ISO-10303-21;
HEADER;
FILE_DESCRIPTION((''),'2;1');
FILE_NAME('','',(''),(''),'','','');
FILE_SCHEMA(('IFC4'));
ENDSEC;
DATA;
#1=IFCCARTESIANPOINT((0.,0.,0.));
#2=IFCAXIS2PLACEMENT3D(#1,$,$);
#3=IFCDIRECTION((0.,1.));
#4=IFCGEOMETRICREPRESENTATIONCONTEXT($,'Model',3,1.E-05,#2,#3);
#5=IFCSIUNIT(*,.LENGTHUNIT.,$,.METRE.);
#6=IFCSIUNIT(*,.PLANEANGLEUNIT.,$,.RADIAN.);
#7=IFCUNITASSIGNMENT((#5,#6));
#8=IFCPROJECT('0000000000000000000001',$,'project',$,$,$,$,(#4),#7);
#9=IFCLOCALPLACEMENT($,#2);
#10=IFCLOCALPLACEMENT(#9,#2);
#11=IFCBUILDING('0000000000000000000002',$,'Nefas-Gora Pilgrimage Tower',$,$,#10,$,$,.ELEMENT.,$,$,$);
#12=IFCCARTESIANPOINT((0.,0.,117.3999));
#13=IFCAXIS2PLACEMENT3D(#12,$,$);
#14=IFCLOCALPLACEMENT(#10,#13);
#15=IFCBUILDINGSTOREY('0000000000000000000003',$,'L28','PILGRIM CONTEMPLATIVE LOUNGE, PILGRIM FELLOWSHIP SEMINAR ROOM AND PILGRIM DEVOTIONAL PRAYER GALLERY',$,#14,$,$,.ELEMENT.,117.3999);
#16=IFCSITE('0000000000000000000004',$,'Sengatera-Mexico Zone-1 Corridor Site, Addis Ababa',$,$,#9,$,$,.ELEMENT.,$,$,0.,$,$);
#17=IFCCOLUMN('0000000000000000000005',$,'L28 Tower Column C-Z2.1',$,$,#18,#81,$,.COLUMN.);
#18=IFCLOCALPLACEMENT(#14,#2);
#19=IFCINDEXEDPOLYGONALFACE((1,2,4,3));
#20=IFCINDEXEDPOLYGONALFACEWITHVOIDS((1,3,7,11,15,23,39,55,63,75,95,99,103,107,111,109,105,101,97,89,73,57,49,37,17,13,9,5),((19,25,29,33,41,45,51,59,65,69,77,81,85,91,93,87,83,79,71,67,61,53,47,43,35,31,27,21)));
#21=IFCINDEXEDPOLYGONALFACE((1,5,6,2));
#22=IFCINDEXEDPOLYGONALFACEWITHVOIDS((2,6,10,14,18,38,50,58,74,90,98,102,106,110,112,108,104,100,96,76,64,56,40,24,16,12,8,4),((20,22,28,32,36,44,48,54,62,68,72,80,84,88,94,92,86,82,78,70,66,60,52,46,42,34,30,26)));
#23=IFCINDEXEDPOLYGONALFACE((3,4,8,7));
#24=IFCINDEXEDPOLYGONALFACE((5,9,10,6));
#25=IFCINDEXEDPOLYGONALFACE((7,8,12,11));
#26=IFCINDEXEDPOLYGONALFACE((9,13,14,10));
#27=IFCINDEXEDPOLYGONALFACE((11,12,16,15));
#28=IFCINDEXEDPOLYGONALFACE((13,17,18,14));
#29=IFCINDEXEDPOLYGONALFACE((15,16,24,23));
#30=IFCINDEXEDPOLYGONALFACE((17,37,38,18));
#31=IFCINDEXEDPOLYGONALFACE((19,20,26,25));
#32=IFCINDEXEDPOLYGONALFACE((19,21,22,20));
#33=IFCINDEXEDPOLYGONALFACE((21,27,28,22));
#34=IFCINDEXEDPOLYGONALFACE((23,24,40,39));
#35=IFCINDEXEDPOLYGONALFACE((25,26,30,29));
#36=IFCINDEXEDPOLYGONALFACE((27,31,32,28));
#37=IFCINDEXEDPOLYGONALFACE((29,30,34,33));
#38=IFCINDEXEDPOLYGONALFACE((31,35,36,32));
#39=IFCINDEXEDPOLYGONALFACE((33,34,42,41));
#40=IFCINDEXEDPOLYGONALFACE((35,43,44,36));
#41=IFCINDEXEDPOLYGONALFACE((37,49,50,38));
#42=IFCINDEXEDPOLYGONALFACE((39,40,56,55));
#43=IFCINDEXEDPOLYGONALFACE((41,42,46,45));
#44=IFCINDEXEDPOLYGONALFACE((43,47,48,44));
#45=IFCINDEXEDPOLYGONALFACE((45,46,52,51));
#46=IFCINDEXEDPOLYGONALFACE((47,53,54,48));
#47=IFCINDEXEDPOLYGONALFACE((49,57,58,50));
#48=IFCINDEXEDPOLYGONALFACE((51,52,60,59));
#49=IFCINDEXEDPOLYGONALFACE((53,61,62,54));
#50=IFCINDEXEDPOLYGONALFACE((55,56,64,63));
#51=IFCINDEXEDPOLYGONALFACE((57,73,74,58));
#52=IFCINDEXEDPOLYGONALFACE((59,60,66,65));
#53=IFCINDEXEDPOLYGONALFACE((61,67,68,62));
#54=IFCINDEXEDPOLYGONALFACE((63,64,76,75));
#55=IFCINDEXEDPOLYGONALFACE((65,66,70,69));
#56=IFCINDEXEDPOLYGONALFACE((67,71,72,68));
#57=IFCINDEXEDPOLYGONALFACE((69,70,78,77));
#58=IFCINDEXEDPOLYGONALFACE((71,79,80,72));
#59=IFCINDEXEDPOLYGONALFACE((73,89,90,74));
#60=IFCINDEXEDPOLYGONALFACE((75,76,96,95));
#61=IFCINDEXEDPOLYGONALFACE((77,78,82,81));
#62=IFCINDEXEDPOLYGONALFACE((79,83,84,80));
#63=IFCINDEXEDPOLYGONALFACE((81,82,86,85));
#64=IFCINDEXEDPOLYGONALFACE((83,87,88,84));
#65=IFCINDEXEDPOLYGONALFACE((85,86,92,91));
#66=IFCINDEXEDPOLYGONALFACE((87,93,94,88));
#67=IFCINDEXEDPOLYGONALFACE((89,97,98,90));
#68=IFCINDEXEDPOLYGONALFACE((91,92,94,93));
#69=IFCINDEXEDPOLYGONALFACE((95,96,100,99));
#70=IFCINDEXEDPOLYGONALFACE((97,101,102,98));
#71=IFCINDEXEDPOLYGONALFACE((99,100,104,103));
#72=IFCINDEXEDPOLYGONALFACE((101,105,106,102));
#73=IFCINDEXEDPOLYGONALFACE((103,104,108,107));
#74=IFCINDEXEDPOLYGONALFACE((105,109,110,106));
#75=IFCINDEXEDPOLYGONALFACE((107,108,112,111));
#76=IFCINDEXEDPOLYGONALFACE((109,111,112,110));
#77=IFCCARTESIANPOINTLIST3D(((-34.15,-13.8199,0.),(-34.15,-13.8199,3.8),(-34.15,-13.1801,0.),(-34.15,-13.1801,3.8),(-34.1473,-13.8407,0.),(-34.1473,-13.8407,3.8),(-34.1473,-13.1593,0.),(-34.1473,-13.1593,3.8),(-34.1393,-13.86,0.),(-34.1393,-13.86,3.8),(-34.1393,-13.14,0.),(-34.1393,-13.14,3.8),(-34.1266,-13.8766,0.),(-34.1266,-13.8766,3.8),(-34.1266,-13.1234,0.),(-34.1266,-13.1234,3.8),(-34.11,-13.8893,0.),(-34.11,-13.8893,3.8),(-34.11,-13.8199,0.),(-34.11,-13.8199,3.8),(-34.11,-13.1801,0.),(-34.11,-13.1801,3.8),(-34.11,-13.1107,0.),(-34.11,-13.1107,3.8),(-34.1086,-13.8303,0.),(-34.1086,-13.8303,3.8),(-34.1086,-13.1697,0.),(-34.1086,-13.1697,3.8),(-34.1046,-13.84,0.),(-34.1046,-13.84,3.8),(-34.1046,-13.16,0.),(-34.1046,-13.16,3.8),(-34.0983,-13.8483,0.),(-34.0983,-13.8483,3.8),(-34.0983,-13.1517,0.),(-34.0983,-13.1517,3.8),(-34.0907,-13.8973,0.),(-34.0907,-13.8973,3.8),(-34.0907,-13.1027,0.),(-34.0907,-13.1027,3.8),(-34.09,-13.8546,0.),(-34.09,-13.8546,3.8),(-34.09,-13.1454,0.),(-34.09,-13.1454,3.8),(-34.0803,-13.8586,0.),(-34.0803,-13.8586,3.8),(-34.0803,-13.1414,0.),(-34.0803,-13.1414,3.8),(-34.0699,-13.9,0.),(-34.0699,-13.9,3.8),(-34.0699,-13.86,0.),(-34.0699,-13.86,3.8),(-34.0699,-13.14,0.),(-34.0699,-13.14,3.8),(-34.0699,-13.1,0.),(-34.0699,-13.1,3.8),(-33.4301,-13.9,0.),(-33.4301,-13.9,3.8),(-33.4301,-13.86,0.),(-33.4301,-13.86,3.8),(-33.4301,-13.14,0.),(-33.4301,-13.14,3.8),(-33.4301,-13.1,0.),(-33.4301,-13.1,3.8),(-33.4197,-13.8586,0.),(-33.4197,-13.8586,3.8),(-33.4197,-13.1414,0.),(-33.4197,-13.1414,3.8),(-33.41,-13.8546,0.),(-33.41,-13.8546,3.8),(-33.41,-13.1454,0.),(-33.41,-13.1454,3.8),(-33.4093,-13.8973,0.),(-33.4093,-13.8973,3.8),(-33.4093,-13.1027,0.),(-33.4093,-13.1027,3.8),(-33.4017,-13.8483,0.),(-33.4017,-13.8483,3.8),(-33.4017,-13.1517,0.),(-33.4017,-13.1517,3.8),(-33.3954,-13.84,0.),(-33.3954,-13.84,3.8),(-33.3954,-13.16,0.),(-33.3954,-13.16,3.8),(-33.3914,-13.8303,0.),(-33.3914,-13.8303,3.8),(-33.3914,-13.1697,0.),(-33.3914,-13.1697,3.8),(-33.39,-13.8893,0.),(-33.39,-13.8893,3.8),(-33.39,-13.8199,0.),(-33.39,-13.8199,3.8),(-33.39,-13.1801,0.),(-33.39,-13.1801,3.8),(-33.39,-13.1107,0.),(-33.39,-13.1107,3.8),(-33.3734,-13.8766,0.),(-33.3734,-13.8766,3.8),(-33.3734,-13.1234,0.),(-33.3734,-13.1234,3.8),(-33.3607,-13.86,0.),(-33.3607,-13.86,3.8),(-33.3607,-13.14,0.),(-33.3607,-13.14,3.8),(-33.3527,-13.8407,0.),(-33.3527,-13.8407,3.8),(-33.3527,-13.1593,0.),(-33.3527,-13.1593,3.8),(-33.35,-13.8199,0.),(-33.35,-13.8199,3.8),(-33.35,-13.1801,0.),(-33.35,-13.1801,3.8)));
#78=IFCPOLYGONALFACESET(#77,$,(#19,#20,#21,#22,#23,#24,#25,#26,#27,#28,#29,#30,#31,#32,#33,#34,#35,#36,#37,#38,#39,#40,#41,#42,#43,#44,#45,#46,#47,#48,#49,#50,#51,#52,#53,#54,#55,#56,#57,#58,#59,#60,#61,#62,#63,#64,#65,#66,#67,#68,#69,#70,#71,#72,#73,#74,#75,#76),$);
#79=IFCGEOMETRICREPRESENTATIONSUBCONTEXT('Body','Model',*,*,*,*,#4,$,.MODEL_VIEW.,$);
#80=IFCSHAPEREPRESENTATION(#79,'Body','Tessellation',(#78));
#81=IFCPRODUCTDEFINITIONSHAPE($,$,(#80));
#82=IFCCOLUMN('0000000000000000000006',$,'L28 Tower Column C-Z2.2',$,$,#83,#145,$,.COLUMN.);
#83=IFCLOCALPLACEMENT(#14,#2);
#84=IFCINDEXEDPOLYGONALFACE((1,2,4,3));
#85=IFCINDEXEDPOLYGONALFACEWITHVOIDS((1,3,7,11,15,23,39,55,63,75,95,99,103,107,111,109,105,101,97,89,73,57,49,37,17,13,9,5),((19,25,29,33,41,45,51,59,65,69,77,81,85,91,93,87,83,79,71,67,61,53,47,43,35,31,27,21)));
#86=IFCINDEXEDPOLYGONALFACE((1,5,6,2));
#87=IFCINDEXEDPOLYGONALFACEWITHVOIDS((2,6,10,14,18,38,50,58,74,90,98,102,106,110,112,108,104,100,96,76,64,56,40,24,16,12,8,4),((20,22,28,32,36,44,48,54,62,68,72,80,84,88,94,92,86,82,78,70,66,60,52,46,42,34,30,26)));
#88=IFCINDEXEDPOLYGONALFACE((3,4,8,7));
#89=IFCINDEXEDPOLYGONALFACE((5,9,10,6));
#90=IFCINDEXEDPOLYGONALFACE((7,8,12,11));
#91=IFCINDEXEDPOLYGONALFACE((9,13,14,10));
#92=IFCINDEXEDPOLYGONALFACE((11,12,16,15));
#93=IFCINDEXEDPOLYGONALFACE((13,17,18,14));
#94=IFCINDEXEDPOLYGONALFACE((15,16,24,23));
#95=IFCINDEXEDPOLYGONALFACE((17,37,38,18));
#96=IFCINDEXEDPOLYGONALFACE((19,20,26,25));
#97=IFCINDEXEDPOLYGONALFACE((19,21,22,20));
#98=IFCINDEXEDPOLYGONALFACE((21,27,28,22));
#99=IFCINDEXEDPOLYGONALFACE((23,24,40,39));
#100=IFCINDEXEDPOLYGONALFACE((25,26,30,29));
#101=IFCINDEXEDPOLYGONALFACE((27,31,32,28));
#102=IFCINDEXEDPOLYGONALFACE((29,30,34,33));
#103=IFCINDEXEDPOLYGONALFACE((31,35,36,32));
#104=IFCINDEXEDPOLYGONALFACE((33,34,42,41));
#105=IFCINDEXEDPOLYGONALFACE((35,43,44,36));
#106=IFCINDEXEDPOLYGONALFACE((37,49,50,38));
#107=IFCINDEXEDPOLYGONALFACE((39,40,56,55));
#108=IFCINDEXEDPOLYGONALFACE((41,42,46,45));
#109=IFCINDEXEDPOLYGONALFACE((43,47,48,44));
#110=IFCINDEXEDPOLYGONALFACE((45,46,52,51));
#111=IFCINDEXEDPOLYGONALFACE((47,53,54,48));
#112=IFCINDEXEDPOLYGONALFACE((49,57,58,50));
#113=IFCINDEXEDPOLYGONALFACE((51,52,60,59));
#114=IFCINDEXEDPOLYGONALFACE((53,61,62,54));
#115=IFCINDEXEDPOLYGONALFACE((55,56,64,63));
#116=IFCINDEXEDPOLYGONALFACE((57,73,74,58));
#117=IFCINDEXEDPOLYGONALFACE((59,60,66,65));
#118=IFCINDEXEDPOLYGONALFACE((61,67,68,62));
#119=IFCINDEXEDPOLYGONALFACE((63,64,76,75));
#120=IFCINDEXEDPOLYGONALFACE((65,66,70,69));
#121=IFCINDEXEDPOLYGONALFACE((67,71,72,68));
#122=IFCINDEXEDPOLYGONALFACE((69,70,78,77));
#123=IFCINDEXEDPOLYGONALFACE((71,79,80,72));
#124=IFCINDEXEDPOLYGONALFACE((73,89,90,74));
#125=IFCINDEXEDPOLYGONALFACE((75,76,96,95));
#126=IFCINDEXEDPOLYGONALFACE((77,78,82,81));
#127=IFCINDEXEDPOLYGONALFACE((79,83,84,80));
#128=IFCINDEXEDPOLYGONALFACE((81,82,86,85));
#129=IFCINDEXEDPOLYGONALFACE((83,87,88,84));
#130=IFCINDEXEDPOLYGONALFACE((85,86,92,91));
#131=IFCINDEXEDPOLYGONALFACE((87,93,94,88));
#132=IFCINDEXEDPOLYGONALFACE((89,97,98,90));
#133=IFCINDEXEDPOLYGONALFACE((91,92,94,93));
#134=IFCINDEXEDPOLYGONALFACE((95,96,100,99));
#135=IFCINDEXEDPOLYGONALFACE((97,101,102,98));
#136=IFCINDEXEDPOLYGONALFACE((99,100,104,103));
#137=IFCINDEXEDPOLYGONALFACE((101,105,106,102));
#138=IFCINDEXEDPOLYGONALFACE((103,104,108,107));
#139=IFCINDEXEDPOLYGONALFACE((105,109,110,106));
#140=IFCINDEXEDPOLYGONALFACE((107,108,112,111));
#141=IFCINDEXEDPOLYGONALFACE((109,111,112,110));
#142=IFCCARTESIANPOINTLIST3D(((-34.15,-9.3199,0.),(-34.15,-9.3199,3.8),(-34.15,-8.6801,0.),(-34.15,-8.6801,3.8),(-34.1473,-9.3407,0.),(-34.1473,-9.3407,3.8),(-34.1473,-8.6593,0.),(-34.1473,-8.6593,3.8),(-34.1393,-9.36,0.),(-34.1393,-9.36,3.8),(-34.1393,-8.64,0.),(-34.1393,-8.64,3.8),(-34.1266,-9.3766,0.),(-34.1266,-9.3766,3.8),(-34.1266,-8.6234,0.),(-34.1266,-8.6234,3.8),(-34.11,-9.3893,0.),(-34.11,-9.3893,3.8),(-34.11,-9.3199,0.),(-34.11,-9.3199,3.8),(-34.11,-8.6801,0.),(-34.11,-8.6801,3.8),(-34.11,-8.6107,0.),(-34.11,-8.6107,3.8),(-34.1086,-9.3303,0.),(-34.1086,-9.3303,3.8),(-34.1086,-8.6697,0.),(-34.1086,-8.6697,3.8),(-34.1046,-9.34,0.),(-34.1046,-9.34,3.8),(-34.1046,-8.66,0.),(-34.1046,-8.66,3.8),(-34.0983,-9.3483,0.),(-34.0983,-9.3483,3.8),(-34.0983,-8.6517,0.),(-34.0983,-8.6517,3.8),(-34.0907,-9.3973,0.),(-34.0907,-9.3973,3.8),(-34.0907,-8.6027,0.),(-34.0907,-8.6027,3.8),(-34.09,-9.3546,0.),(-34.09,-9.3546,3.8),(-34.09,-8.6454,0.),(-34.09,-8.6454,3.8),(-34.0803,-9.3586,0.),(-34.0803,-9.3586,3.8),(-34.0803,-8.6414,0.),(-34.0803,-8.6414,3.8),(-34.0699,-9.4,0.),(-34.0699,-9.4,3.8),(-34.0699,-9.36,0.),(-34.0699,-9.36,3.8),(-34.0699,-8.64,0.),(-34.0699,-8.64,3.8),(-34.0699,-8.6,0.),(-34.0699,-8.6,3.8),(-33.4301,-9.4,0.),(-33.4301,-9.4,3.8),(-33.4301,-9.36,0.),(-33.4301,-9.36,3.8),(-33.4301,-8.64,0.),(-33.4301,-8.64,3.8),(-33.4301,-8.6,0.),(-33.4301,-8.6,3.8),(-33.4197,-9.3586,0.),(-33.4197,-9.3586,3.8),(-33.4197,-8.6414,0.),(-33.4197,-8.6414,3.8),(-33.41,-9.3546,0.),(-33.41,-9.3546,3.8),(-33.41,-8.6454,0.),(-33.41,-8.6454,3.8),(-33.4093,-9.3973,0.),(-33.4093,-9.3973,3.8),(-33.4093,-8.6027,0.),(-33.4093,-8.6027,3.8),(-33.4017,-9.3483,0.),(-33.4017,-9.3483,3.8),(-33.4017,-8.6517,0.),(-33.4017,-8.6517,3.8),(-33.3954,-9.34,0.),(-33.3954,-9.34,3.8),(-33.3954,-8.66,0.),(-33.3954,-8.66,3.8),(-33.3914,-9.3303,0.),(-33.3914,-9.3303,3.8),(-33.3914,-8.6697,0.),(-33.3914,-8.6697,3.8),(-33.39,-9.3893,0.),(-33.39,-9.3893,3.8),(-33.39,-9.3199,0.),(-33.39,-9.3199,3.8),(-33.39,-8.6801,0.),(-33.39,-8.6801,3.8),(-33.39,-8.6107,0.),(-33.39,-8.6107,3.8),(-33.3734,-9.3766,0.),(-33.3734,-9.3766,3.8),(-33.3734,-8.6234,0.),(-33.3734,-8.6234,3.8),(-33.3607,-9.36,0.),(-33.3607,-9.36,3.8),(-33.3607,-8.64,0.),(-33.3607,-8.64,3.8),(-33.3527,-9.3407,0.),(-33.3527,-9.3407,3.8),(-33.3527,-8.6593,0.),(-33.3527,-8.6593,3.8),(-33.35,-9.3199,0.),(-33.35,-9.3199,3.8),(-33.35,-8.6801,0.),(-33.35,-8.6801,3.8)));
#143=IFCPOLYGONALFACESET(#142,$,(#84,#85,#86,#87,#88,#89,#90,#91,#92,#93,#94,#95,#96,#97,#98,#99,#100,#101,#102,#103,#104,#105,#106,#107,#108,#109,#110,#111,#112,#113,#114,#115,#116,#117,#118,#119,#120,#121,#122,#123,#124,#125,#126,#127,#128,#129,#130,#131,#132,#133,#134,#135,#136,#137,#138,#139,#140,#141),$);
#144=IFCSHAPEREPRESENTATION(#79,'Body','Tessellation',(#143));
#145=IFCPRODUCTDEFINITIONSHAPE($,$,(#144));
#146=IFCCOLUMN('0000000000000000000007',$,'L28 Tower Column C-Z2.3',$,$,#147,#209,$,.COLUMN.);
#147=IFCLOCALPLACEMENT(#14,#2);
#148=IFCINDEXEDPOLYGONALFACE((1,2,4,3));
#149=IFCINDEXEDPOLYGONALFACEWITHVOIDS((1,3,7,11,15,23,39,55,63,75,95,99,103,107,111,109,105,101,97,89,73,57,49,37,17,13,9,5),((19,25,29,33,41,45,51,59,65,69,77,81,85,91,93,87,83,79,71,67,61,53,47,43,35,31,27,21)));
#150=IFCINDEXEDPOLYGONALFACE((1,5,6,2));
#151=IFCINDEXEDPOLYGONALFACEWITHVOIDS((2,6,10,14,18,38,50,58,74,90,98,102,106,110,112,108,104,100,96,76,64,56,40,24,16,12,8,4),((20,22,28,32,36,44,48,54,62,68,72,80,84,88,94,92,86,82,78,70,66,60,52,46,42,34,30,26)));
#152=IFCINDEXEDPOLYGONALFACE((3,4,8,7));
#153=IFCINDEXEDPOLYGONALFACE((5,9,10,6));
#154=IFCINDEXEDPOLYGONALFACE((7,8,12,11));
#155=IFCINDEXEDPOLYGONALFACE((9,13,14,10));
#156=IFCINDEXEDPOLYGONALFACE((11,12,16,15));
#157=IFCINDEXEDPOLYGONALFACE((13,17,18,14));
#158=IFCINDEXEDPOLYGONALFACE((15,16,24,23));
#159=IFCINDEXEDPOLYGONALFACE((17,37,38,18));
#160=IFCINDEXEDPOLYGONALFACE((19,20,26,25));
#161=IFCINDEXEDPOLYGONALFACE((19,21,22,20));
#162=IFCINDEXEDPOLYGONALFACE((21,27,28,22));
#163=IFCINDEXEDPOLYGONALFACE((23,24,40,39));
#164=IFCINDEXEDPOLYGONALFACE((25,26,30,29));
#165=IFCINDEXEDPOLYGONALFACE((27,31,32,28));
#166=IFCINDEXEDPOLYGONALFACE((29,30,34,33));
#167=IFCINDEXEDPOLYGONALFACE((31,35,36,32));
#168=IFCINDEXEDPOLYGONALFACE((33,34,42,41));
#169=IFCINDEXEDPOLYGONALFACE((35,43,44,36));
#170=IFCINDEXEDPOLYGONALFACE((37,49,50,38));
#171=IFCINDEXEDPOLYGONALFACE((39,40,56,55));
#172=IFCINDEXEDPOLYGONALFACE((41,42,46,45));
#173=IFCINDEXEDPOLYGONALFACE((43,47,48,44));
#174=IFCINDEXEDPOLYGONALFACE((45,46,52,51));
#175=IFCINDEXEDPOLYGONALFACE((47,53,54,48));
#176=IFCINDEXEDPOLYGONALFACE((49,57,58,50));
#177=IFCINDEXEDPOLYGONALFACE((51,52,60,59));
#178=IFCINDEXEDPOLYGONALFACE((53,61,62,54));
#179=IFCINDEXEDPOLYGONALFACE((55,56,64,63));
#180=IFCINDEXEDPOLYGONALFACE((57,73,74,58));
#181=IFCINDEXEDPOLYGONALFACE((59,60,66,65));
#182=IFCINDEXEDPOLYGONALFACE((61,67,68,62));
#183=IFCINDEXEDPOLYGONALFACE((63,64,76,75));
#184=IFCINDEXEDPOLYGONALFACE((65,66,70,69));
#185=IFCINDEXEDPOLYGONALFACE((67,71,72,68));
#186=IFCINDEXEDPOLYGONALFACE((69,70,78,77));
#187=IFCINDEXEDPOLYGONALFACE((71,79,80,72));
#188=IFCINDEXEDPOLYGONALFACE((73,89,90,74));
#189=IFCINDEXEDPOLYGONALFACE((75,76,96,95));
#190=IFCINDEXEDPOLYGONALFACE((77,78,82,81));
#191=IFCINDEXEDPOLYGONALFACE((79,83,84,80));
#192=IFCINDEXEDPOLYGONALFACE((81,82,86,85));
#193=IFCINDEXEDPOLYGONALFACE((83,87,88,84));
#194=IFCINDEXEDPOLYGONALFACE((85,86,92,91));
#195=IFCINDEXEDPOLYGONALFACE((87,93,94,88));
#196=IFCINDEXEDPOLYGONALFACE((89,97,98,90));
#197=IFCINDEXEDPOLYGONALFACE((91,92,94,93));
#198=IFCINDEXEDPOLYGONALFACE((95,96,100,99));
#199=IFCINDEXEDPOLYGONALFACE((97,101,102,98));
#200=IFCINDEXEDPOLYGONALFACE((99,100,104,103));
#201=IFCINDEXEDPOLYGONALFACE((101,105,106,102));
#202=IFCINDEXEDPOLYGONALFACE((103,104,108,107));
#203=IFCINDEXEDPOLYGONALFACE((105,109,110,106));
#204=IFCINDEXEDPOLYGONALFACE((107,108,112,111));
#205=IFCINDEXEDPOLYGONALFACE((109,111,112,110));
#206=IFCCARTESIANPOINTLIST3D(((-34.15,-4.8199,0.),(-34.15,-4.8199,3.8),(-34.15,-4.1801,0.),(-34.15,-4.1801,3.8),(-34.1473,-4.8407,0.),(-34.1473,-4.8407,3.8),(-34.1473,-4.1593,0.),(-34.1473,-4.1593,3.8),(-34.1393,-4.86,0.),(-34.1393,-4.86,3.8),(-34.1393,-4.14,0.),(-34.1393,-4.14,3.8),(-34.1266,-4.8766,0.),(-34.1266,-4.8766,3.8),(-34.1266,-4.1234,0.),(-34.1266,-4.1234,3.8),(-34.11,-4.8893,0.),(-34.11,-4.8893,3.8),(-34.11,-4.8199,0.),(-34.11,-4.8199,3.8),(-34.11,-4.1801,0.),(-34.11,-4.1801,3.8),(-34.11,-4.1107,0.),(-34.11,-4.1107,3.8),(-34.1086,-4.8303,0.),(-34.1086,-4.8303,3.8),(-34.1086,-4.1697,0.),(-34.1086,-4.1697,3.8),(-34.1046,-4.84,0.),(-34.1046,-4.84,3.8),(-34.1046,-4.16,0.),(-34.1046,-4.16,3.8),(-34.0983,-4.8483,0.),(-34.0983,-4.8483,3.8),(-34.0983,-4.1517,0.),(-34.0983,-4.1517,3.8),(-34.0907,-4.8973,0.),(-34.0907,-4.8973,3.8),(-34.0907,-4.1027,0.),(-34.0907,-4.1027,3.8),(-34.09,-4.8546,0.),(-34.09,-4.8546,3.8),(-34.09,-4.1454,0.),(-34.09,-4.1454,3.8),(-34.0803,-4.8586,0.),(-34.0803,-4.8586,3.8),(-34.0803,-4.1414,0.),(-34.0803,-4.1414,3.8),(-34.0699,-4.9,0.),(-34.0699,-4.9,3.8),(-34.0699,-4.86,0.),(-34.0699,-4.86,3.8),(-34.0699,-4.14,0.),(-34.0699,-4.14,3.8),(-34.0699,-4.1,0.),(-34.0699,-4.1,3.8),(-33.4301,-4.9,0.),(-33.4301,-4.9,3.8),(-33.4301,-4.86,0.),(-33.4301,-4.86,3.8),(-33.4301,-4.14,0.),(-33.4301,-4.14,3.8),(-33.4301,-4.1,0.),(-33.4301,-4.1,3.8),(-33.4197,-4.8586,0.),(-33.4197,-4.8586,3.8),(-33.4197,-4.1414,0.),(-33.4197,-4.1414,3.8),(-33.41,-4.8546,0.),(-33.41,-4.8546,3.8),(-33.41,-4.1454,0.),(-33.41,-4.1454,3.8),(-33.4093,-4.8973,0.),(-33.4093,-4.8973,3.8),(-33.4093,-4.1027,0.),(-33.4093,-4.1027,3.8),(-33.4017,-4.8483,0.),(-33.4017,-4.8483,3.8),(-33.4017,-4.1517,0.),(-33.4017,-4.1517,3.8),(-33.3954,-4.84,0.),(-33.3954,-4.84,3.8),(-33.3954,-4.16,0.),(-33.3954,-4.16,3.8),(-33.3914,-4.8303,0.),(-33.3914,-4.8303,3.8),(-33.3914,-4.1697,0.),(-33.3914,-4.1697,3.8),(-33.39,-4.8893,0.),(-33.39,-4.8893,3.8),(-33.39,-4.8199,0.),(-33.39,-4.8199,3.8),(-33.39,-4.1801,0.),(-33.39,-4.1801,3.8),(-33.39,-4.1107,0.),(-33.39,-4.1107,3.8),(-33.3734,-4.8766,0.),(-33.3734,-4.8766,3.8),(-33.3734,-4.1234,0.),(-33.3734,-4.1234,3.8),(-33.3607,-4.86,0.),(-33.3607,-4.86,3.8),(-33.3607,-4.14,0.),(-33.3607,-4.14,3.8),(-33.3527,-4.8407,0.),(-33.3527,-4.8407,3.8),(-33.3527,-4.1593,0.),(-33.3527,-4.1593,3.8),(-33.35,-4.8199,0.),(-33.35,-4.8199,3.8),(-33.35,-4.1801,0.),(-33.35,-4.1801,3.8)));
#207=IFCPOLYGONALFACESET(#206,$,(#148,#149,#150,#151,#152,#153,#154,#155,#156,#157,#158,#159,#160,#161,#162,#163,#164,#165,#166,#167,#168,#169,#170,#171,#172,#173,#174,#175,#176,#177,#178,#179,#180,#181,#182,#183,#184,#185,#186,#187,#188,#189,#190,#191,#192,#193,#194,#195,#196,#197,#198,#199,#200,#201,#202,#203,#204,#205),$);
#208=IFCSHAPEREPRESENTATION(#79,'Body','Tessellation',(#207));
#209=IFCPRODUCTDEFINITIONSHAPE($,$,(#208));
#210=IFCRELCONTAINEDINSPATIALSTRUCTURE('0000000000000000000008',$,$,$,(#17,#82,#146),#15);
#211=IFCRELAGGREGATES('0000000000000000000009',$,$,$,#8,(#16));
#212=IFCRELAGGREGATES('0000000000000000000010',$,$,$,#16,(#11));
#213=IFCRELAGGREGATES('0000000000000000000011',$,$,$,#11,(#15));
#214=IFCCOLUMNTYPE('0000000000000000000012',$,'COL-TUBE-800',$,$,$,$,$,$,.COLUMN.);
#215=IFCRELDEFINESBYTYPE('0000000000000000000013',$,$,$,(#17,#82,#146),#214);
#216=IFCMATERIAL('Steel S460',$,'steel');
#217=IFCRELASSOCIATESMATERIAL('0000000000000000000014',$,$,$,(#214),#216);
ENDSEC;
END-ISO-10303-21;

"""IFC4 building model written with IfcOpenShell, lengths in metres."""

from ifc_helpers import new_model, si_unit, direction, frame, origin, origin_2d, place, context, subcontext, project, spatial, hollow_rectangle, extrude, source, transform, mapped, material, material_profile, profile_set, type_object, element, save


model = new_model("IFC4")

# Units and contexts
model_context = context("Model", 3, precision=1e-05, world=origin(), true_north=direction((0.0, 1.0)))
body_context = subcontext(model_context, "Body", "Model", "MODEL_VIEW")
ifc_project = project(units=[si_unit("LENGTHUNIT", "METRE"), si_unit("PLANEANGLEUNIT", "RADIAN")], contexts=[model_context])

# Site, building, storey
site_placement = place(None, origin())
site = spatial("IfcSite", under=ifc_project, at=site_placement, Name="Sengatera-Mexico Zone-1 Corridor Site, Addis Ababa", CompositionType="ELEMENT", RefElevation=0.0)
building_placement = place(site_placement, origin())
building = spatial("IfcBuilding", under=site, at=building_placement, Name="Nefas-Gora Pilgrimage Tower", CompositionType="ELEMENT")
storey_placement = place(building_placement, frame((0.0, 0.0, 117.3999)))
storey = spatial("IfcBuildingStorey", under=building, at=storey_placement, Name="L28", Description="PILGRIM CONTEMPLATIVE LOUNGE, PILGRIM FELLOWSHIP SEMINAR ROOM AND PILGRIM DEVOTIONAL PRAYER GALLERY", CompositionType="ELEMENT", Elevation=117.3999)

# Columns
ifc_material_1 = material(Name="Steel S460", Category="steel")
ifc_material_profile_1 = material_profile(ifc_material_1, hollow_rectangle(XDim=0.8, YDim=0.8, WallThickness=0.04, InnerFilletRadius=0.04, OuterFilletRadius=0.0801, at=origin_2d()), Name="BOX 800x800x40")
ifc_profile_set_1 = profile_set([ifc_material_profile_1], Name="Steel S460")
column_type_1 = type_object("IfcColumnType", Name="COL-TUBE-800", PredefinedType="COLUMN", material=ifc_profile_set_1)
shared_shape_1 = source(origin(), body_context, "Body", "SweptSolid", [
    extrude(hollow_rectangle(XDim=0.8, YDim=0.8, WallThickness=0.04, InnerFilletRadius=0.04, OuterFilletRadius=0.0801, at=origin_2d()), origin(), (0.0, 0.0, 1.0), 3.8),
])
for number, where, z_axis, x_axis, name in (
    (1, (-33.75, -13.5, 0.0), (0.0, 0.0, 1.0), (1.0, 0.0, 0.0), "L28 Tower Column C-Z2.1"),
    (2, (-33.75, -9.0, 0.0), (0.0, 0.0, 1.0), (1.0, 0.0, 0.0), "L28 Tower Column C-Z2.2"),
    (3, (-33.75, -4.5, 0.0), (0.0, 0.0, 1.0), (1.0, 0.0, 0.0), "L28 Tower Column C-Z2.3"),
):
    element("IfcColumn", number, at=place(storey_placement, frame(where, z_axis=z_axis, x_axis=x_axis)), inside=storey, type_object=column_type_1, Name=name, PredefinedType="COLUMN", context=body_context, shape_type="MappedRepresentation", body=[
        mapped(shared_shape_1, transform((0.0, 0.0, 0.0), x_axis=(1.0, 0.0, 0.0), y_axis=(0.0, 1.0, 0.0), z_axis=(0.0, 0.0, 1.0), scale=1.0)),
    ])

save(model, "model.ifc")
